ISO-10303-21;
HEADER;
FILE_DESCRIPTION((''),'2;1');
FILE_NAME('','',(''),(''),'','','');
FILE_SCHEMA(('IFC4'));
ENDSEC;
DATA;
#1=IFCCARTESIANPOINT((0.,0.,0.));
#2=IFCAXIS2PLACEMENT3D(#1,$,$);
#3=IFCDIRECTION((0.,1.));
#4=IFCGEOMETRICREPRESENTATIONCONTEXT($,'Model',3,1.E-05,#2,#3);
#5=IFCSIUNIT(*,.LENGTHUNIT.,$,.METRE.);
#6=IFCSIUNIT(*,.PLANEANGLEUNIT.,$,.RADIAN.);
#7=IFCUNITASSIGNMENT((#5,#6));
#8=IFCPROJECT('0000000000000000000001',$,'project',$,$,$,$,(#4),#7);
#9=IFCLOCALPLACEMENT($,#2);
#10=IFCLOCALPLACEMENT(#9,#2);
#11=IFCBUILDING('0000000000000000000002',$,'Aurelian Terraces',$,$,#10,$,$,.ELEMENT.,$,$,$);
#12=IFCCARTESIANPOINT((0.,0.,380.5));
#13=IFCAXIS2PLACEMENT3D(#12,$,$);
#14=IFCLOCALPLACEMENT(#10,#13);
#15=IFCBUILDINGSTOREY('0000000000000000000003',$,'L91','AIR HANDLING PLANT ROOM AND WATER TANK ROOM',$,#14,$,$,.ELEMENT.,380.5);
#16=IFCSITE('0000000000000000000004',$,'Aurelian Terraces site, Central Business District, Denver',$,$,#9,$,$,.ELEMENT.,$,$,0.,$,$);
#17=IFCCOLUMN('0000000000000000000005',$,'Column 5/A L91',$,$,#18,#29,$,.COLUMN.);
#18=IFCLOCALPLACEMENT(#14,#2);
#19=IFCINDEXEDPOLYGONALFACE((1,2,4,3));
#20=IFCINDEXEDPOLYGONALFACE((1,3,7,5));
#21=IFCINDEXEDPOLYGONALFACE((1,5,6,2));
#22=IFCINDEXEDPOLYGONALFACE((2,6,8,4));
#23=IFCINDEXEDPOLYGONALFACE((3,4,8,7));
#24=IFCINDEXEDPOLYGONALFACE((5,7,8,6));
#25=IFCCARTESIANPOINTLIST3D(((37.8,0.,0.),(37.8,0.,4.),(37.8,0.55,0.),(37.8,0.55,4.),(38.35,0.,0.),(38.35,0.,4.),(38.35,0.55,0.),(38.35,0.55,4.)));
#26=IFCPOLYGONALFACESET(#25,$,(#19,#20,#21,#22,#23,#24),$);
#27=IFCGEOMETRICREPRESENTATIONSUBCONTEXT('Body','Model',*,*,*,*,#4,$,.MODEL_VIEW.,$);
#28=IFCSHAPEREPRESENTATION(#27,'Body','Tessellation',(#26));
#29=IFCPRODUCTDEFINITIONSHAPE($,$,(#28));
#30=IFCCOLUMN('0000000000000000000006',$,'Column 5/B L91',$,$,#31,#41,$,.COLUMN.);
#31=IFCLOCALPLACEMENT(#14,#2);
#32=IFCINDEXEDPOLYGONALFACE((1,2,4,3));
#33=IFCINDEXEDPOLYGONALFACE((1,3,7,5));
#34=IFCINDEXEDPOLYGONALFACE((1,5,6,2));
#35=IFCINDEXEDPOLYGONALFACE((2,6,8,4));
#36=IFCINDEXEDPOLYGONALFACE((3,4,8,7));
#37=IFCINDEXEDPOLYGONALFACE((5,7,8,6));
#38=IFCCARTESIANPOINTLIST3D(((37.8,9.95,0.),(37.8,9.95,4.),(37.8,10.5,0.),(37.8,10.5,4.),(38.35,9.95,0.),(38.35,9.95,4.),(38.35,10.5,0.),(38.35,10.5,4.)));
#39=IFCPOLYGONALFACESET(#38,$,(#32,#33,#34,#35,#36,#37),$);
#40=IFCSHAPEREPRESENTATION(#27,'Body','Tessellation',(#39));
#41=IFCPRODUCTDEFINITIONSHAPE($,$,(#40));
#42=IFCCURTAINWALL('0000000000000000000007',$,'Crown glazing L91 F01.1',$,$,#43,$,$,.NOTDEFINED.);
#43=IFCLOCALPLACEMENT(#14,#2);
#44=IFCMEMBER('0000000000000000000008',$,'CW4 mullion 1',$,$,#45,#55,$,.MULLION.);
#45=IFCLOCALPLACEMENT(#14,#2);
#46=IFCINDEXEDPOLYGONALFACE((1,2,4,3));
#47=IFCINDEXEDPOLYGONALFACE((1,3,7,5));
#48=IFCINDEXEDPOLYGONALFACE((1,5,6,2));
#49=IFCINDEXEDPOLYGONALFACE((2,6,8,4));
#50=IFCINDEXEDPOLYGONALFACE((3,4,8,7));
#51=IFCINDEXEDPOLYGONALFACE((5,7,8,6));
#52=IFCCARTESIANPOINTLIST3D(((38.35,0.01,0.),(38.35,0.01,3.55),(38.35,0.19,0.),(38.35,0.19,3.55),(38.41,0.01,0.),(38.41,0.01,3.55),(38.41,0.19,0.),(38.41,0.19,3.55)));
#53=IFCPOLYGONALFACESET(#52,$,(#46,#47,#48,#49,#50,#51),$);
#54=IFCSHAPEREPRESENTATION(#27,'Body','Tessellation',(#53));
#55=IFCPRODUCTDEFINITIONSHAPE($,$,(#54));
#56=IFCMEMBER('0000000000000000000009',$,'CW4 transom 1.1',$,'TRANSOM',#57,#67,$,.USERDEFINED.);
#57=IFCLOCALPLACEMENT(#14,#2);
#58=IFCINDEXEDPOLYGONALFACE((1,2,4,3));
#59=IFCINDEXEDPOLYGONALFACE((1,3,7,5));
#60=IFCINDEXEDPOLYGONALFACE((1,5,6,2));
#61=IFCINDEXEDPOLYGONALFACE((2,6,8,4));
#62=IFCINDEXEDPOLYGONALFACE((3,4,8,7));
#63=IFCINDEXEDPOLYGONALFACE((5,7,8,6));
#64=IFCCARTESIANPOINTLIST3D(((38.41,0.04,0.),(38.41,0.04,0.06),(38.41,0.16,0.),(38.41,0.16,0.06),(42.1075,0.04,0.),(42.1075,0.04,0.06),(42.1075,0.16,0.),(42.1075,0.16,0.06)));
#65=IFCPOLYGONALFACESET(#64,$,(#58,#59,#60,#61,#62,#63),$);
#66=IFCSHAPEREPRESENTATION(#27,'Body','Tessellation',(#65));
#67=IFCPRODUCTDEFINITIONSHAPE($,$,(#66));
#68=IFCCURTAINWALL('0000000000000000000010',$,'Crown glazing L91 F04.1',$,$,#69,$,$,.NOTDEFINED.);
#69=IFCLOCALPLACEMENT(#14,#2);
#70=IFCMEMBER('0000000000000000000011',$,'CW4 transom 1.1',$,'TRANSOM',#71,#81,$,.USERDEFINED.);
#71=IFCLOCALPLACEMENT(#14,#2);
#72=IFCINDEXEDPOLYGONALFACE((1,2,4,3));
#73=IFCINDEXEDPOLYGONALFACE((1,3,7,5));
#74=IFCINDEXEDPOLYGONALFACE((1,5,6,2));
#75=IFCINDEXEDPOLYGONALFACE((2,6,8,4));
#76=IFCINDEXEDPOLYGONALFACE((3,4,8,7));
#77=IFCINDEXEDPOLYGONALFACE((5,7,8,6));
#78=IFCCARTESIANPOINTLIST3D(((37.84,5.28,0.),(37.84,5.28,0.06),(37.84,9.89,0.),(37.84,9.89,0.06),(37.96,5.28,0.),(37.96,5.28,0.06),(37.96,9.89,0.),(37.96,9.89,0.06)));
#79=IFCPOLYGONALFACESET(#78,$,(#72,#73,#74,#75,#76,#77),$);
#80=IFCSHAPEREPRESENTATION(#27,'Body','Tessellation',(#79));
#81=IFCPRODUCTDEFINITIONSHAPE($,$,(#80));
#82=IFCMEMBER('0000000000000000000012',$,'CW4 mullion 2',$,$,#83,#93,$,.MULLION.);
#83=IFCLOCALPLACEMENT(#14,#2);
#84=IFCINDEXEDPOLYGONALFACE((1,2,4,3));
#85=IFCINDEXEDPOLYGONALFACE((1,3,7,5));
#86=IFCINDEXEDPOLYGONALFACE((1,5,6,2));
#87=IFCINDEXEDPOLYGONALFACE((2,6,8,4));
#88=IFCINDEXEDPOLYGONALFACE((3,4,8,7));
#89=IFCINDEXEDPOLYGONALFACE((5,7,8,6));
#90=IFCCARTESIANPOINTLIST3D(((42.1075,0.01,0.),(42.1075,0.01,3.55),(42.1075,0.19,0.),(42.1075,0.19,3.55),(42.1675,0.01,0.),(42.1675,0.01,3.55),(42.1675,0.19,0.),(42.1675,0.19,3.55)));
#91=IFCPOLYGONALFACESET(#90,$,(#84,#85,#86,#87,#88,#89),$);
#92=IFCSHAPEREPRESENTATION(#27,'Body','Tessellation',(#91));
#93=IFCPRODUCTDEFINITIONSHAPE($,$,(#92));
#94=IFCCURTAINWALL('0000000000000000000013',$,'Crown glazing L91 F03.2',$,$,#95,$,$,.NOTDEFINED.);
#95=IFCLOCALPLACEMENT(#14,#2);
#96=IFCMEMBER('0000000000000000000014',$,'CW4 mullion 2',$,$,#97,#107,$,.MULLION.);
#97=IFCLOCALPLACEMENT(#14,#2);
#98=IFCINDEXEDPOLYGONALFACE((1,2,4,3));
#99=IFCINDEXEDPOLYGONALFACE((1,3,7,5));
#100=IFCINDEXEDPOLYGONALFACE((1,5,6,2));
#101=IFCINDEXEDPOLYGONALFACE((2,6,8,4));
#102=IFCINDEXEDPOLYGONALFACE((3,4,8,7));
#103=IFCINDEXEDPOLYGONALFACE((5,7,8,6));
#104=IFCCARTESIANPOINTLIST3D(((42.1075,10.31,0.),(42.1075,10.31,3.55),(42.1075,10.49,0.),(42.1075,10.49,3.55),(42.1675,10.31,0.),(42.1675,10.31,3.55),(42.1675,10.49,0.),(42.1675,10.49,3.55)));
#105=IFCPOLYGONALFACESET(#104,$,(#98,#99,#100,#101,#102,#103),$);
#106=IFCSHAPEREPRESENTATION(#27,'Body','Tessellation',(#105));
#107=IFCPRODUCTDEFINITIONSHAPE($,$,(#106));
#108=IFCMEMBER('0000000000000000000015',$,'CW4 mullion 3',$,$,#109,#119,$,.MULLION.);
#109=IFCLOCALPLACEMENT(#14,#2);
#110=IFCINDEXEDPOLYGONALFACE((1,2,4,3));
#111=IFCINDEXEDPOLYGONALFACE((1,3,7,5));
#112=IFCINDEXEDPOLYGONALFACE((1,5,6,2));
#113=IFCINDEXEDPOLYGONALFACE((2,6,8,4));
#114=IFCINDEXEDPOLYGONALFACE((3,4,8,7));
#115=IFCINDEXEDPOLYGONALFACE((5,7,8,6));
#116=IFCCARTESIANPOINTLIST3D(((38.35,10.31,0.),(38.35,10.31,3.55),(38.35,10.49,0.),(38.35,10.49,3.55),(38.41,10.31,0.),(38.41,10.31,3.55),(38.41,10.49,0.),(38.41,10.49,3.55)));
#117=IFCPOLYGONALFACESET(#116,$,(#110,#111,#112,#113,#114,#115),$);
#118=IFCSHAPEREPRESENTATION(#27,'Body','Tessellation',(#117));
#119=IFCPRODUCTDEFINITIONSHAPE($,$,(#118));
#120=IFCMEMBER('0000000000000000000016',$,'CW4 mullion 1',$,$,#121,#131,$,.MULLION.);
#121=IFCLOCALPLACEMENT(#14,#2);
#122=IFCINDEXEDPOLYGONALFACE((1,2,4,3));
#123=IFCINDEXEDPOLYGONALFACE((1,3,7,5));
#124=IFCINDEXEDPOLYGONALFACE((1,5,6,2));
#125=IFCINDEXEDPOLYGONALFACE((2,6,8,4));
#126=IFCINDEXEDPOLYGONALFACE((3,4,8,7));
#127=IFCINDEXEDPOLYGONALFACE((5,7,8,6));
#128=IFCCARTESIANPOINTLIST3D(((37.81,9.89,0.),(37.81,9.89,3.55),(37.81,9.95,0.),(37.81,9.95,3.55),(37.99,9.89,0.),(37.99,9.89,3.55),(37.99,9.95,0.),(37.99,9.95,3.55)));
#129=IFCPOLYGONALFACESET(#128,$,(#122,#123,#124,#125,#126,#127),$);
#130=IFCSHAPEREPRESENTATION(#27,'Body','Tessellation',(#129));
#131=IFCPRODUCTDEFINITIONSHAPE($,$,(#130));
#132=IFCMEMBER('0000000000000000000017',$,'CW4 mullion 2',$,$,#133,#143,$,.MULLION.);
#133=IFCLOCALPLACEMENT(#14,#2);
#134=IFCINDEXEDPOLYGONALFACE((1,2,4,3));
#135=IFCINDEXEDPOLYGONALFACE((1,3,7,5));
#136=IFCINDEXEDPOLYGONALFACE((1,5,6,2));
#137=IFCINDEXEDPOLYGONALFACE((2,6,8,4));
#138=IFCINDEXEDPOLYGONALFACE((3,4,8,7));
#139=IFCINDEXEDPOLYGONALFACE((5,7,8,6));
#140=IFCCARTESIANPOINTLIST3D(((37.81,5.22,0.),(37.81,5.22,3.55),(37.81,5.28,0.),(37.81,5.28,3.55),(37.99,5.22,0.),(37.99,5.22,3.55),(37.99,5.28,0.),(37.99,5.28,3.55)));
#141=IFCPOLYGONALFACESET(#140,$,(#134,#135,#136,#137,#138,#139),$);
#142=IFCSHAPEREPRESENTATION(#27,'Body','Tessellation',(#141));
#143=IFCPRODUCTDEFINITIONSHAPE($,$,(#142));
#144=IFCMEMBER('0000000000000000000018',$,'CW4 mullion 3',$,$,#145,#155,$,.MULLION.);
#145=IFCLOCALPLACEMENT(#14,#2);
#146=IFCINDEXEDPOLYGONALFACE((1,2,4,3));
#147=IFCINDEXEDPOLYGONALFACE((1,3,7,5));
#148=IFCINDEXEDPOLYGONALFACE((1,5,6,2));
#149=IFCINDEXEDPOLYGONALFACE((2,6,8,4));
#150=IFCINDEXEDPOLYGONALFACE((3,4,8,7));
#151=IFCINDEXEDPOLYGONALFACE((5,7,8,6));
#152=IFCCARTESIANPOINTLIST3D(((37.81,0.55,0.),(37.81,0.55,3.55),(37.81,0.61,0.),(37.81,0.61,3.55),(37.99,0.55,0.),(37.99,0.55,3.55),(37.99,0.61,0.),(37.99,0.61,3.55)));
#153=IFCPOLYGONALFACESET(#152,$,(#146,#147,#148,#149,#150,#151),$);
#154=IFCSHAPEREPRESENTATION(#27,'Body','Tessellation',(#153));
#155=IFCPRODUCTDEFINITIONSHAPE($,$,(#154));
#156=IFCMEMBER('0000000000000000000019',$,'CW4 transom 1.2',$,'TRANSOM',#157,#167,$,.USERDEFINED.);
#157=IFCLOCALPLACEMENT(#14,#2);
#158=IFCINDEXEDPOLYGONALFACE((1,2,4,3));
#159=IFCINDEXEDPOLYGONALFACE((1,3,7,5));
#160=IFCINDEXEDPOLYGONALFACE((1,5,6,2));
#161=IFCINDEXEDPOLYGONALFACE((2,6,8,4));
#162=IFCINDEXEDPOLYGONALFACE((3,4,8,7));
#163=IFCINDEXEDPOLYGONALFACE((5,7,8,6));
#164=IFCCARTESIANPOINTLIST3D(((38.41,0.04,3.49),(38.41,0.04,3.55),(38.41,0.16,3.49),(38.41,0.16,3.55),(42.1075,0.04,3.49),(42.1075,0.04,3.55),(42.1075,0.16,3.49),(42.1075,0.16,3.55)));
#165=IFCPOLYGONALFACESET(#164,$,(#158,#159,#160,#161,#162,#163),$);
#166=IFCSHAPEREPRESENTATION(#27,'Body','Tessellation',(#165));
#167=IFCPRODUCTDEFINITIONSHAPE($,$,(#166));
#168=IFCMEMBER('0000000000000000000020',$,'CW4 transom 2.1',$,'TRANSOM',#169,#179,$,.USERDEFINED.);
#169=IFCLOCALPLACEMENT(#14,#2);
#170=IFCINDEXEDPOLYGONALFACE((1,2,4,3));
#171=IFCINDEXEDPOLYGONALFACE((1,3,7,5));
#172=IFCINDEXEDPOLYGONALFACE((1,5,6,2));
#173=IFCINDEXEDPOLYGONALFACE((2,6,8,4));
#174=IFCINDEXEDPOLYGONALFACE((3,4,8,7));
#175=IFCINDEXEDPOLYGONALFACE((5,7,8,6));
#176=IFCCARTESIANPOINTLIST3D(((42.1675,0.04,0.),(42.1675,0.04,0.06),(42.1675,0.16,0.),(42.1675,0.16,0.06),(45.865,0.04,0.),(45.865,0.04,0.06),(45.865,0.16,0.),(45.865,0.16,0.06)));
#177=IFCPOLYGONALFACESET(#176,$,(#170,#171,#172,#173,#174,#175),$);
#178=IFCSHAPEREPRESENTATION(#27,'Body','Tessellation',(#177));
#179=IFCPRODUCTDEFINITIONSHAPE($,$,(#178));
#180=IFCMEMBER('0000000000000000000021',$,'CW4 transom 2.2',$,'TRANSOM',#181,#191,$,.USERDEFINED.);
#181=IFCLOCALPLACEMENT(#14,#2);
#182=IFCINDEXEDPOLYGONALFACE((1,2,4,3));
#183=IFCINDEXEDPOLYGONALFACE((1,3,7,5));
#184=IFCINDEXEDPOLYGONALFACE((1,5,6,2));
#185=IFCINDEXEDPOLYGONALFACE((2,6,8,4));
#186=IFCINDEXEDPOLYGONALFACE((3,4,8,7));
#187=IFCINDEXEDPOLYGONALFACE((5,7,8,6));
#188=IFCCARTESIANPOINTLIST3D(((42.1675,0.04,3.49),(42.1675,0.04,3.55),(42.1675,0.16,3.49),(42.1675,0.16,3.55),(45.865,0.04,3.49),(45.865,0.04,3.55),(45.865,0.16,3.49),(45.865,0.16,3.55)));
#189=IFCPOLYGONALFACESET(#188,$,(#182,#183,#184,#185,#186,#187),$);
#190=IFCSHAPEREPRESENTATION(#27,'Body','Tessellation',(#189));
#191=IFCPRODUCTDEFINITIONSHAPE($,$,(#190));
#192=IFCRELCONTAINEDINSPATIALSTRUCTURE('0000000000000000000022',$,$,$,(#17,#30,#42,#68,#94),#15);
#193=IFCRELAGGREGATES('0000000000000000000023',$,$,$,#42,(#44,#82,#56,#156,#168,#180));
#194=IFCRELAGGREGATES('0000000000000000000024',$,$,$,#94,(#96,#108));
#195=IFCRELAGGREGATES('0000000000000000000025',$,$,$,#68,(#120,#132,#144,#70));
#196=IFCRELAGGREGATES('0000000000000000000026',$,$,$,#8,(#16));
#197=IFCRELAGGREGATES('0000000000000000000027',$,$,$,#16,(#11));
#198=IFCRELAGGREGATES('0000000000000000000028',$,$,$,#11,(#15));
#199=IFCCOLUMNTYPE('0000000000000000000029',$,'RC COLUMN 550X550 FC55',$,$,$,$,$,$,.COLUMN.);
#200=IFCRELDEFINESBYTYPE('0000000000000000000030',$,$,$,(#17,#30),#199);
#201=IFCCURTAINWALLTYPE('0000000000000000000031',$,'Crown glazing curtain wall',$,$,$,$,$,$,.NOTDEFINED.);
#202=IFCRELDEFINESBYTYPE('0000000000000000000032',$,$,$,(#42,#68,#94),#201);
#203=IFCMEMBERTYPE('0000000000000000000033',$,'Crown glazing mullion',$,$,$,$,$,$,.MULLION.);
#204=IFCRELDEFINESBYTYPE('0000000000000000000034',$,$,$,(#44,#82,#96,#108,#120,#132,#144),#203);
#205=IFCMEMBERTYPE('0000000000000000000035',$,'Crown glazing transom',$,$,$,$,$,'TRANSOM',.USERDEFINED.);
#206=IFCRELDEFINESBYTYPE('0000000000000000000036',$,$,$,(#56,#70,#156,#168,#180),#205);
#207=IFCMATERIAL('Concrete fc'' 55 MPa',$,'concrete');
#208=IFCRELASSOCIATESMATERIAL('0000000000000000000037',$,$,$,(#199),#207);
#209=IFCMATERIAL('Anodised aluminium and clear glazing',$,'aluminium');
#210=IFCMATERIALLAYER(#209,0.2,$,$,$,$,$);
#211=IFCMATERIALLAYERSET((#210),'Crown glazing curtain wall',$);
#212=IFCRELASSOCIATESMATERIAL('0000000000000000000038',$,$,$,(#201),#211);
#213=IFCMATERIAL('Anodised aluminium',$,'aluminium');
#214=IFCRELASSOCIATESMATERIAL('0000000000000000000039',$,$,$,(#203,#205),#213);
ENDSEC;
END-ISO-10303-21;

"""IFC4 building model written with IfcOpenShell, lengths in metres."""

from ifc_helpers import new_model, si_unit, direction, frame, origin, origin_2d, place, context, subcontext, project, spatial, rectangle, extrude, source, transform, mapped, material, layer, layer_set, material_profile, profile_set, type_object, element, aggregate, save


model = new_model("IFC4")

# Units and contexts
model_context = context("Model", 3, precision=1e-05, world=origin(), true_north=direction((0.0, 1.0)))
body_context = subcontext(model_context, "Body", "Model", "MODEL_VIEW")
ifc_project = project(units=[si_unit("LENGTHUNIT", "METRE"), si_unit("PLANEANGLEUNIT", "RADIAN")], contexts=[model_context])

# Site, building, storey
site_placement = place(None, origin())
site = spatial("IfcSite", under=ifc_project, at=site_placement, Name="Aurelian Terraces site, Central Business District, Denver", CompositionType="ELEMENT", RefElevation=0.0)
building_placement = place(site_placement, origin())
building = spatial("IfcBuilding", under=site, at=building_placement, Name="Aurelian Terraces", CompositionType="ELEMENT")
storey_placement = place(building_placement, frame((0.0, 0.0, 380.5)))
storey = spatial("IfcBuildingStorey", under=building, at=storey_placement, Name="L91", Description="AIR HANDLING PLANT ROOM AND WATER TANK ROOM", CompositionType="ELEMENT", Elevation=380.5)

# Columns
ifc_material_1 = material(Name="Concrete fc' 55 MPa", Category="concrete")
ifc_material_profile_1 = material_profile(ifc_material_1, rectangle(XDim=0.55, YDim=0.55, at=origin_2d()))
ifc_profile_set_1 = profile_set([ifc_material_profile_1], Name="Concrete fc' 55 MPa")
column_type = type_object("IfcColumnType", Name="RC COLUMN 550X550 FC55", PredefinedType="COLUMN", material=ifc_profile_set_1)
shared_shape_1 = source(origin(), body_context, "Body", "SweptSolid", [
    extrude(rectangle(XDim=0.55, YDim=0.55, at=origin_2d()), origin(), (0.0, 0.0, 1.0), 4.0),
])
for number, where, z_axis, x_axis, name in (
    (1, (38.075, 0.275, 0.0), (0.0, 0.0, 1.0), (1.0, 0.0, 0.0), "Column 5/A L91"),
    (2, (38.075, 10.225, 0.0), (0.0, 0.0, 1.0), (1.0, 0.0, 0.0), "Column 5/B L91"),
):
    element("IfcColumn", number, at=place(storey_placement, frame(where, z_axis=z_axis, x_axis=x_axis)), inside=storey, type_object=column_type, Name=name, PredefinedType="COLUMN", context=body_context, shape_type="MappedRepresentation", body=[
        mapped(shared_shape_1, transform((0.0, 0.0, 0.0), scale=1.0)),
    ])

# Curtain wall, members
ifc_material_2 = material(Name="Anodised aluminium and clear glazing", Category="aluminium")
ifc_layer_1 = layer(ifc_material_2, 0.2)
ifc_layer_set_1 = layer_set([ifc_layer_1], Name="Crown glazing curtain wall")
curtain_wall_type = type_object("IfcCurtainWallType", Name="Crown glazing curtain wall", PredefinedType="NOTDEFINED", material=ifc_layer_set_1)
curtain_wall_1_placement = place(storey_placement, origin())
curtain_wall_1 = element("IfcCurtainWall", 3, at=curtain_wall_1_placement, inside=storey, type_object=curtain_wall_type, Name="Crown glazing L91 F01.1", PredefinedType="NOTDEFINED")
ifc_material_3 = material(Name="Anodised aluminium", Category="aluminium")
ifc_material_profile_2 = material_profile(ifc_material_3, rectangle(XDim=0.18, YDim=0.06, at=origin_2d()))
ifc_profile_set_2 = profile_set([ifc_material_profile_2], Name="Anodised aluminium")
member_type_1 = type_object("IfcMemberType", Name="Crown glazing mullion", PredefinedType="MULLION", material=ifc_profile_set_2)
member_1_placement = place(storey_placement, frame((38.38, 0.1, 0.0), z_axis=(0.0, 0.0, 1.0), x_axis=(0.0, 1.0, 0.0)))
member_1 = element("IfcMember", 4, at=member_1_placement, type_object=member_type_1, Name="CW4 mullion 1", PredefinedType="MULLION", context=body_context, shape_type="SweptSolid", body=[
    extrude(rectangle(XDim=0.18, YDim=0.06, at=origin_2d()), origin(), (0.0, 0.0, 1.0), 3.55),
])
ifc_material_profile_3 = material_profile(ifc_material_3, rectangle(XDim=0.12, YDim=0.06, at=origin_2d()))
ifc_profile_set_3 = profile_set([ifc_material_profile_3], Name="Anodised aluminium")
member_type_2 = type_object("IfcMemberType", Name="Crown glazing transom", ElementType="TRANSOM", PredefinedType="USERDEFINED", material=ifc_profile_set_3)
member_2_placement = place(storey_placement, frame((38.41, 0.1, 0.03), z_axis=(1.0, 0.0, 0.0), x_axis=(0.0, 1.0, 0.0)))
member_2 = element("IfcMember", 5, at=member_2_placement, type_object=member_type_2, Name="CW4 transom 1.1", ObjectType="TRANSOM", PredefinedType="USERDEFINED", context=body_context, shape_type="SweptSolid", body=[
    extrude(rectangle(XDim=0.12, YDim=0.06, at=origin_2d()), origin(), (0.0, 0.0, 1.0), 3.6975),
])

# Curtain wall, member
curtain_wall_2_placement = place(storey_placement, origin())
curtain_wall_2 = element("IfcCurtainWall", 6, at=curtain_wall_2_placement, inside=storey, type_object=curtain_wall_type, Name="Crown glazing L91 F04.1", PredefinedType="NOTDEFINED")
member_3_placement = place(storey_placement, frame((37.9, 9.89, 0.03), z_axis=(0.0, -1.0, 0.0), x_axis=(1.0, 0.0, 0.0)))
member_3 = element("IfcMember", 7, at=member_3_placement, type_object=member_type_2, Name="CW4 transom 1.1", ObjectType="TRANSOM", PredefinedType="USERDEFINED", context=body_context, shape_type="SweptSolid", body=[
    extrude(rectangle(XDim=0.12, YDim=0.06, at=origin_2d()), origin(), (0.0, 0.0, 1.0), 4.61),
])

# Member
shared_shape_2 = source(origin(), body_context, "Body", "SweptSolid", [
    extrude(rectangle(XDim=0.18, YDim=0.06, at=origin_2d()), origin(), (0.0, 0.0, 1.0), 3.55),
])
member_4_placement = place(storey_placement, frame((42.1375, 0.1, 0.0), z_axis=(0.0, 0.0, 1.0), x_axis=(0.0, 1.0, 0.0)))
member_4 = element("IfcMember", 8, at=member_4_placement, type_object=member_type_1, Name="CW4 mullion 2", PredefinedType="MULLION", context=body_context, shape_type="MappedRepresentation", body=[
    mapped(shared_shape_2, transform((0.0, 0.0, 0.0), scale=1.0)),
])

# Curtain wall, members
curtain_wall_3_placement = place(storey_placement, origin())
curtain_wall_3 = element("IfcCurtainWall", 9, at=curtain_wall_3_placement, inside=storey, type_object=curtain_wall_type, Name="Crown glazing L91 F03.2", PredefinedType="NOTDEFINED")
member_5_placement = place(storey_placement, frame((42.1375, 10.4, 0.0), z_axis=(0.0, 0.0, 1.0), x_axis=(0.0, -1.0, 0.0)))
member_5 = element("IfcMember", 10, at=member_5_placement, type_object=member_type_1, Name="CW4 mullion 2", PredefinedType="MULLION", context=body_context, shape_type="MappedRepresentation", body=[
    mapped(shared_shape_2, transform((0.0, 0.0, 0.0), scale=1.0)),
])
member_6_placement = place(storey_placement, frame((38.38, 10.4, 0.0), z_axis=(0.0, 0.0, 1.0), x_axis=(0.0, -1.0, 0.0)))
member_6 = element("IfcMember", 11, at=member_6_placement, type_object=member_type_1, Name="CW4 mullion 3", PredefinedType="MULLION", context=body_context, shape_type="MappedRepresentation", body=[
    mapped(shared_shape_2, transform((0.0, 0.0, 0.0), scale=1.0)),
])

# Members
member_7_placement = place(storey_placement, frame((37.9, 9.92, 0.0), z_axis=(0.0, 0.0, 1.0), x_axis=(1.0, 0.0, 0.0)))
member_7 = element("IfcMember", 12, at=member_7_placement, type_object=member_type_1, Name="CW4 mullion 1", PredefinedType="MULLION", context=body_context, shape_type="MappedRepresentation", body=[
    mapped(shared_shape_2, transform((0.0, 0.0, 0.0), scale=1.0)),
])
member_8_placement = place(storey_placement, frame((37.9, 5.25, 0.0), z_axis=(0.0, 0.0, 1.0), x_axis=(1.0, 0.0, 0.0)))
member_8 = element("IfcMember", 13, at=member_8_placement, type_object=member_type_1, Name="CW4 mullion 2", PredefinedType="MULLION", context=body_context, shape_type="MappedRepresentation", body=[
    mapped(shared_shape_2, transform((0.0, 0.0, 0.0), scale=1.0)),
])
member_9_placement = place(storey_placement, frame((37.9, 0.58, 0.0), z_axis=(0.0, 0.0, 1.0), x_axis=(1.0, 0.0, 0.0)))
member_9 = element("IfcMember", 14, at=member_9_placement, type_object=member_type_1, Name="CW4 mullion 3", PredefinedType="MULLION", context=body_context, shape_type="MappedRepresentation", body=[
    mapped(shared_shape_2, transform((0.0, 0.0, 0.0), scale=1.0)),
])
shared_shape_3 = source(origin(), body_context, "Body", "SweptSolid", [
    extrude(rectangle(XDim=0.12, YDim=0.06, at=origin_2d()), origin(), (0.0, 0.0, 1.0), 3.6975),
])
member_10_placement = place(storey_placement, frame((38.41, 0.1, 3.52), z_axis=(1.0, 0.0, 0.0), x_axis=(0.0, 1.0, 0.0)))
member_10 = element("IfcMember", 15, at=member_10_placement, type_object=member_type_2, Name="CW4 transom 1.2", ObjectType="TRANSOM", PredefinedType="USERDEFINED", context=body_context, shape_type="MappedRepresentation", body=[
    mapped(shared_shape_3, transform((0.0, 0.0, 0.0), scale=1.0)),
])
member_11_placement = place(storey_placement, frame((42.1675, 0.1, 0.03), z_axis=(1.0, 0.0, 0.0), x_axis=(0.0, 1.0, 0.0)))
member_11 = element("IfcMember", 16, at=member_11_placement, type_object=member_type_2, Name="CW4 transom 2.1", ObjectType="TRANSOM", PredefinedType="USERDEFINED", context=body_context, shape_type="MappedRepresentation", body=[
    mapped(shared_shape_3, transform((0.0, 0.0, 0.0), scale=1.0)),
])
member_12_placement = place(storey_placement, frame((42.1675, 0.1, 3.52), z_axis=(1.0, 0.0, 0.0), x_axis=(0.0, 1.0, 0.0)))
member_12 = element("IfcMember", 17, at=member_12_placement, type_object=member_type_2, Name="CW4 transom 2.2", ObjectType="TRANSOM", PredefinedType="USERDEFINED", context=body_context, shape_type="MappedRepresentation", body=[
    mapped(shared_shape_3, transform((0.0, 0.0, 0.0), scale=1.0)),
])

aggregate(curtain_wall_1, [member_1, member_4, member_2, member_10, member_11, member_12])
aggregate(curtain_wall_3, [member_5, member_6])
aggregate(curtain_wall_2, [member_7, member_8, member_9, member_3])

save(model, "model.ifc")
